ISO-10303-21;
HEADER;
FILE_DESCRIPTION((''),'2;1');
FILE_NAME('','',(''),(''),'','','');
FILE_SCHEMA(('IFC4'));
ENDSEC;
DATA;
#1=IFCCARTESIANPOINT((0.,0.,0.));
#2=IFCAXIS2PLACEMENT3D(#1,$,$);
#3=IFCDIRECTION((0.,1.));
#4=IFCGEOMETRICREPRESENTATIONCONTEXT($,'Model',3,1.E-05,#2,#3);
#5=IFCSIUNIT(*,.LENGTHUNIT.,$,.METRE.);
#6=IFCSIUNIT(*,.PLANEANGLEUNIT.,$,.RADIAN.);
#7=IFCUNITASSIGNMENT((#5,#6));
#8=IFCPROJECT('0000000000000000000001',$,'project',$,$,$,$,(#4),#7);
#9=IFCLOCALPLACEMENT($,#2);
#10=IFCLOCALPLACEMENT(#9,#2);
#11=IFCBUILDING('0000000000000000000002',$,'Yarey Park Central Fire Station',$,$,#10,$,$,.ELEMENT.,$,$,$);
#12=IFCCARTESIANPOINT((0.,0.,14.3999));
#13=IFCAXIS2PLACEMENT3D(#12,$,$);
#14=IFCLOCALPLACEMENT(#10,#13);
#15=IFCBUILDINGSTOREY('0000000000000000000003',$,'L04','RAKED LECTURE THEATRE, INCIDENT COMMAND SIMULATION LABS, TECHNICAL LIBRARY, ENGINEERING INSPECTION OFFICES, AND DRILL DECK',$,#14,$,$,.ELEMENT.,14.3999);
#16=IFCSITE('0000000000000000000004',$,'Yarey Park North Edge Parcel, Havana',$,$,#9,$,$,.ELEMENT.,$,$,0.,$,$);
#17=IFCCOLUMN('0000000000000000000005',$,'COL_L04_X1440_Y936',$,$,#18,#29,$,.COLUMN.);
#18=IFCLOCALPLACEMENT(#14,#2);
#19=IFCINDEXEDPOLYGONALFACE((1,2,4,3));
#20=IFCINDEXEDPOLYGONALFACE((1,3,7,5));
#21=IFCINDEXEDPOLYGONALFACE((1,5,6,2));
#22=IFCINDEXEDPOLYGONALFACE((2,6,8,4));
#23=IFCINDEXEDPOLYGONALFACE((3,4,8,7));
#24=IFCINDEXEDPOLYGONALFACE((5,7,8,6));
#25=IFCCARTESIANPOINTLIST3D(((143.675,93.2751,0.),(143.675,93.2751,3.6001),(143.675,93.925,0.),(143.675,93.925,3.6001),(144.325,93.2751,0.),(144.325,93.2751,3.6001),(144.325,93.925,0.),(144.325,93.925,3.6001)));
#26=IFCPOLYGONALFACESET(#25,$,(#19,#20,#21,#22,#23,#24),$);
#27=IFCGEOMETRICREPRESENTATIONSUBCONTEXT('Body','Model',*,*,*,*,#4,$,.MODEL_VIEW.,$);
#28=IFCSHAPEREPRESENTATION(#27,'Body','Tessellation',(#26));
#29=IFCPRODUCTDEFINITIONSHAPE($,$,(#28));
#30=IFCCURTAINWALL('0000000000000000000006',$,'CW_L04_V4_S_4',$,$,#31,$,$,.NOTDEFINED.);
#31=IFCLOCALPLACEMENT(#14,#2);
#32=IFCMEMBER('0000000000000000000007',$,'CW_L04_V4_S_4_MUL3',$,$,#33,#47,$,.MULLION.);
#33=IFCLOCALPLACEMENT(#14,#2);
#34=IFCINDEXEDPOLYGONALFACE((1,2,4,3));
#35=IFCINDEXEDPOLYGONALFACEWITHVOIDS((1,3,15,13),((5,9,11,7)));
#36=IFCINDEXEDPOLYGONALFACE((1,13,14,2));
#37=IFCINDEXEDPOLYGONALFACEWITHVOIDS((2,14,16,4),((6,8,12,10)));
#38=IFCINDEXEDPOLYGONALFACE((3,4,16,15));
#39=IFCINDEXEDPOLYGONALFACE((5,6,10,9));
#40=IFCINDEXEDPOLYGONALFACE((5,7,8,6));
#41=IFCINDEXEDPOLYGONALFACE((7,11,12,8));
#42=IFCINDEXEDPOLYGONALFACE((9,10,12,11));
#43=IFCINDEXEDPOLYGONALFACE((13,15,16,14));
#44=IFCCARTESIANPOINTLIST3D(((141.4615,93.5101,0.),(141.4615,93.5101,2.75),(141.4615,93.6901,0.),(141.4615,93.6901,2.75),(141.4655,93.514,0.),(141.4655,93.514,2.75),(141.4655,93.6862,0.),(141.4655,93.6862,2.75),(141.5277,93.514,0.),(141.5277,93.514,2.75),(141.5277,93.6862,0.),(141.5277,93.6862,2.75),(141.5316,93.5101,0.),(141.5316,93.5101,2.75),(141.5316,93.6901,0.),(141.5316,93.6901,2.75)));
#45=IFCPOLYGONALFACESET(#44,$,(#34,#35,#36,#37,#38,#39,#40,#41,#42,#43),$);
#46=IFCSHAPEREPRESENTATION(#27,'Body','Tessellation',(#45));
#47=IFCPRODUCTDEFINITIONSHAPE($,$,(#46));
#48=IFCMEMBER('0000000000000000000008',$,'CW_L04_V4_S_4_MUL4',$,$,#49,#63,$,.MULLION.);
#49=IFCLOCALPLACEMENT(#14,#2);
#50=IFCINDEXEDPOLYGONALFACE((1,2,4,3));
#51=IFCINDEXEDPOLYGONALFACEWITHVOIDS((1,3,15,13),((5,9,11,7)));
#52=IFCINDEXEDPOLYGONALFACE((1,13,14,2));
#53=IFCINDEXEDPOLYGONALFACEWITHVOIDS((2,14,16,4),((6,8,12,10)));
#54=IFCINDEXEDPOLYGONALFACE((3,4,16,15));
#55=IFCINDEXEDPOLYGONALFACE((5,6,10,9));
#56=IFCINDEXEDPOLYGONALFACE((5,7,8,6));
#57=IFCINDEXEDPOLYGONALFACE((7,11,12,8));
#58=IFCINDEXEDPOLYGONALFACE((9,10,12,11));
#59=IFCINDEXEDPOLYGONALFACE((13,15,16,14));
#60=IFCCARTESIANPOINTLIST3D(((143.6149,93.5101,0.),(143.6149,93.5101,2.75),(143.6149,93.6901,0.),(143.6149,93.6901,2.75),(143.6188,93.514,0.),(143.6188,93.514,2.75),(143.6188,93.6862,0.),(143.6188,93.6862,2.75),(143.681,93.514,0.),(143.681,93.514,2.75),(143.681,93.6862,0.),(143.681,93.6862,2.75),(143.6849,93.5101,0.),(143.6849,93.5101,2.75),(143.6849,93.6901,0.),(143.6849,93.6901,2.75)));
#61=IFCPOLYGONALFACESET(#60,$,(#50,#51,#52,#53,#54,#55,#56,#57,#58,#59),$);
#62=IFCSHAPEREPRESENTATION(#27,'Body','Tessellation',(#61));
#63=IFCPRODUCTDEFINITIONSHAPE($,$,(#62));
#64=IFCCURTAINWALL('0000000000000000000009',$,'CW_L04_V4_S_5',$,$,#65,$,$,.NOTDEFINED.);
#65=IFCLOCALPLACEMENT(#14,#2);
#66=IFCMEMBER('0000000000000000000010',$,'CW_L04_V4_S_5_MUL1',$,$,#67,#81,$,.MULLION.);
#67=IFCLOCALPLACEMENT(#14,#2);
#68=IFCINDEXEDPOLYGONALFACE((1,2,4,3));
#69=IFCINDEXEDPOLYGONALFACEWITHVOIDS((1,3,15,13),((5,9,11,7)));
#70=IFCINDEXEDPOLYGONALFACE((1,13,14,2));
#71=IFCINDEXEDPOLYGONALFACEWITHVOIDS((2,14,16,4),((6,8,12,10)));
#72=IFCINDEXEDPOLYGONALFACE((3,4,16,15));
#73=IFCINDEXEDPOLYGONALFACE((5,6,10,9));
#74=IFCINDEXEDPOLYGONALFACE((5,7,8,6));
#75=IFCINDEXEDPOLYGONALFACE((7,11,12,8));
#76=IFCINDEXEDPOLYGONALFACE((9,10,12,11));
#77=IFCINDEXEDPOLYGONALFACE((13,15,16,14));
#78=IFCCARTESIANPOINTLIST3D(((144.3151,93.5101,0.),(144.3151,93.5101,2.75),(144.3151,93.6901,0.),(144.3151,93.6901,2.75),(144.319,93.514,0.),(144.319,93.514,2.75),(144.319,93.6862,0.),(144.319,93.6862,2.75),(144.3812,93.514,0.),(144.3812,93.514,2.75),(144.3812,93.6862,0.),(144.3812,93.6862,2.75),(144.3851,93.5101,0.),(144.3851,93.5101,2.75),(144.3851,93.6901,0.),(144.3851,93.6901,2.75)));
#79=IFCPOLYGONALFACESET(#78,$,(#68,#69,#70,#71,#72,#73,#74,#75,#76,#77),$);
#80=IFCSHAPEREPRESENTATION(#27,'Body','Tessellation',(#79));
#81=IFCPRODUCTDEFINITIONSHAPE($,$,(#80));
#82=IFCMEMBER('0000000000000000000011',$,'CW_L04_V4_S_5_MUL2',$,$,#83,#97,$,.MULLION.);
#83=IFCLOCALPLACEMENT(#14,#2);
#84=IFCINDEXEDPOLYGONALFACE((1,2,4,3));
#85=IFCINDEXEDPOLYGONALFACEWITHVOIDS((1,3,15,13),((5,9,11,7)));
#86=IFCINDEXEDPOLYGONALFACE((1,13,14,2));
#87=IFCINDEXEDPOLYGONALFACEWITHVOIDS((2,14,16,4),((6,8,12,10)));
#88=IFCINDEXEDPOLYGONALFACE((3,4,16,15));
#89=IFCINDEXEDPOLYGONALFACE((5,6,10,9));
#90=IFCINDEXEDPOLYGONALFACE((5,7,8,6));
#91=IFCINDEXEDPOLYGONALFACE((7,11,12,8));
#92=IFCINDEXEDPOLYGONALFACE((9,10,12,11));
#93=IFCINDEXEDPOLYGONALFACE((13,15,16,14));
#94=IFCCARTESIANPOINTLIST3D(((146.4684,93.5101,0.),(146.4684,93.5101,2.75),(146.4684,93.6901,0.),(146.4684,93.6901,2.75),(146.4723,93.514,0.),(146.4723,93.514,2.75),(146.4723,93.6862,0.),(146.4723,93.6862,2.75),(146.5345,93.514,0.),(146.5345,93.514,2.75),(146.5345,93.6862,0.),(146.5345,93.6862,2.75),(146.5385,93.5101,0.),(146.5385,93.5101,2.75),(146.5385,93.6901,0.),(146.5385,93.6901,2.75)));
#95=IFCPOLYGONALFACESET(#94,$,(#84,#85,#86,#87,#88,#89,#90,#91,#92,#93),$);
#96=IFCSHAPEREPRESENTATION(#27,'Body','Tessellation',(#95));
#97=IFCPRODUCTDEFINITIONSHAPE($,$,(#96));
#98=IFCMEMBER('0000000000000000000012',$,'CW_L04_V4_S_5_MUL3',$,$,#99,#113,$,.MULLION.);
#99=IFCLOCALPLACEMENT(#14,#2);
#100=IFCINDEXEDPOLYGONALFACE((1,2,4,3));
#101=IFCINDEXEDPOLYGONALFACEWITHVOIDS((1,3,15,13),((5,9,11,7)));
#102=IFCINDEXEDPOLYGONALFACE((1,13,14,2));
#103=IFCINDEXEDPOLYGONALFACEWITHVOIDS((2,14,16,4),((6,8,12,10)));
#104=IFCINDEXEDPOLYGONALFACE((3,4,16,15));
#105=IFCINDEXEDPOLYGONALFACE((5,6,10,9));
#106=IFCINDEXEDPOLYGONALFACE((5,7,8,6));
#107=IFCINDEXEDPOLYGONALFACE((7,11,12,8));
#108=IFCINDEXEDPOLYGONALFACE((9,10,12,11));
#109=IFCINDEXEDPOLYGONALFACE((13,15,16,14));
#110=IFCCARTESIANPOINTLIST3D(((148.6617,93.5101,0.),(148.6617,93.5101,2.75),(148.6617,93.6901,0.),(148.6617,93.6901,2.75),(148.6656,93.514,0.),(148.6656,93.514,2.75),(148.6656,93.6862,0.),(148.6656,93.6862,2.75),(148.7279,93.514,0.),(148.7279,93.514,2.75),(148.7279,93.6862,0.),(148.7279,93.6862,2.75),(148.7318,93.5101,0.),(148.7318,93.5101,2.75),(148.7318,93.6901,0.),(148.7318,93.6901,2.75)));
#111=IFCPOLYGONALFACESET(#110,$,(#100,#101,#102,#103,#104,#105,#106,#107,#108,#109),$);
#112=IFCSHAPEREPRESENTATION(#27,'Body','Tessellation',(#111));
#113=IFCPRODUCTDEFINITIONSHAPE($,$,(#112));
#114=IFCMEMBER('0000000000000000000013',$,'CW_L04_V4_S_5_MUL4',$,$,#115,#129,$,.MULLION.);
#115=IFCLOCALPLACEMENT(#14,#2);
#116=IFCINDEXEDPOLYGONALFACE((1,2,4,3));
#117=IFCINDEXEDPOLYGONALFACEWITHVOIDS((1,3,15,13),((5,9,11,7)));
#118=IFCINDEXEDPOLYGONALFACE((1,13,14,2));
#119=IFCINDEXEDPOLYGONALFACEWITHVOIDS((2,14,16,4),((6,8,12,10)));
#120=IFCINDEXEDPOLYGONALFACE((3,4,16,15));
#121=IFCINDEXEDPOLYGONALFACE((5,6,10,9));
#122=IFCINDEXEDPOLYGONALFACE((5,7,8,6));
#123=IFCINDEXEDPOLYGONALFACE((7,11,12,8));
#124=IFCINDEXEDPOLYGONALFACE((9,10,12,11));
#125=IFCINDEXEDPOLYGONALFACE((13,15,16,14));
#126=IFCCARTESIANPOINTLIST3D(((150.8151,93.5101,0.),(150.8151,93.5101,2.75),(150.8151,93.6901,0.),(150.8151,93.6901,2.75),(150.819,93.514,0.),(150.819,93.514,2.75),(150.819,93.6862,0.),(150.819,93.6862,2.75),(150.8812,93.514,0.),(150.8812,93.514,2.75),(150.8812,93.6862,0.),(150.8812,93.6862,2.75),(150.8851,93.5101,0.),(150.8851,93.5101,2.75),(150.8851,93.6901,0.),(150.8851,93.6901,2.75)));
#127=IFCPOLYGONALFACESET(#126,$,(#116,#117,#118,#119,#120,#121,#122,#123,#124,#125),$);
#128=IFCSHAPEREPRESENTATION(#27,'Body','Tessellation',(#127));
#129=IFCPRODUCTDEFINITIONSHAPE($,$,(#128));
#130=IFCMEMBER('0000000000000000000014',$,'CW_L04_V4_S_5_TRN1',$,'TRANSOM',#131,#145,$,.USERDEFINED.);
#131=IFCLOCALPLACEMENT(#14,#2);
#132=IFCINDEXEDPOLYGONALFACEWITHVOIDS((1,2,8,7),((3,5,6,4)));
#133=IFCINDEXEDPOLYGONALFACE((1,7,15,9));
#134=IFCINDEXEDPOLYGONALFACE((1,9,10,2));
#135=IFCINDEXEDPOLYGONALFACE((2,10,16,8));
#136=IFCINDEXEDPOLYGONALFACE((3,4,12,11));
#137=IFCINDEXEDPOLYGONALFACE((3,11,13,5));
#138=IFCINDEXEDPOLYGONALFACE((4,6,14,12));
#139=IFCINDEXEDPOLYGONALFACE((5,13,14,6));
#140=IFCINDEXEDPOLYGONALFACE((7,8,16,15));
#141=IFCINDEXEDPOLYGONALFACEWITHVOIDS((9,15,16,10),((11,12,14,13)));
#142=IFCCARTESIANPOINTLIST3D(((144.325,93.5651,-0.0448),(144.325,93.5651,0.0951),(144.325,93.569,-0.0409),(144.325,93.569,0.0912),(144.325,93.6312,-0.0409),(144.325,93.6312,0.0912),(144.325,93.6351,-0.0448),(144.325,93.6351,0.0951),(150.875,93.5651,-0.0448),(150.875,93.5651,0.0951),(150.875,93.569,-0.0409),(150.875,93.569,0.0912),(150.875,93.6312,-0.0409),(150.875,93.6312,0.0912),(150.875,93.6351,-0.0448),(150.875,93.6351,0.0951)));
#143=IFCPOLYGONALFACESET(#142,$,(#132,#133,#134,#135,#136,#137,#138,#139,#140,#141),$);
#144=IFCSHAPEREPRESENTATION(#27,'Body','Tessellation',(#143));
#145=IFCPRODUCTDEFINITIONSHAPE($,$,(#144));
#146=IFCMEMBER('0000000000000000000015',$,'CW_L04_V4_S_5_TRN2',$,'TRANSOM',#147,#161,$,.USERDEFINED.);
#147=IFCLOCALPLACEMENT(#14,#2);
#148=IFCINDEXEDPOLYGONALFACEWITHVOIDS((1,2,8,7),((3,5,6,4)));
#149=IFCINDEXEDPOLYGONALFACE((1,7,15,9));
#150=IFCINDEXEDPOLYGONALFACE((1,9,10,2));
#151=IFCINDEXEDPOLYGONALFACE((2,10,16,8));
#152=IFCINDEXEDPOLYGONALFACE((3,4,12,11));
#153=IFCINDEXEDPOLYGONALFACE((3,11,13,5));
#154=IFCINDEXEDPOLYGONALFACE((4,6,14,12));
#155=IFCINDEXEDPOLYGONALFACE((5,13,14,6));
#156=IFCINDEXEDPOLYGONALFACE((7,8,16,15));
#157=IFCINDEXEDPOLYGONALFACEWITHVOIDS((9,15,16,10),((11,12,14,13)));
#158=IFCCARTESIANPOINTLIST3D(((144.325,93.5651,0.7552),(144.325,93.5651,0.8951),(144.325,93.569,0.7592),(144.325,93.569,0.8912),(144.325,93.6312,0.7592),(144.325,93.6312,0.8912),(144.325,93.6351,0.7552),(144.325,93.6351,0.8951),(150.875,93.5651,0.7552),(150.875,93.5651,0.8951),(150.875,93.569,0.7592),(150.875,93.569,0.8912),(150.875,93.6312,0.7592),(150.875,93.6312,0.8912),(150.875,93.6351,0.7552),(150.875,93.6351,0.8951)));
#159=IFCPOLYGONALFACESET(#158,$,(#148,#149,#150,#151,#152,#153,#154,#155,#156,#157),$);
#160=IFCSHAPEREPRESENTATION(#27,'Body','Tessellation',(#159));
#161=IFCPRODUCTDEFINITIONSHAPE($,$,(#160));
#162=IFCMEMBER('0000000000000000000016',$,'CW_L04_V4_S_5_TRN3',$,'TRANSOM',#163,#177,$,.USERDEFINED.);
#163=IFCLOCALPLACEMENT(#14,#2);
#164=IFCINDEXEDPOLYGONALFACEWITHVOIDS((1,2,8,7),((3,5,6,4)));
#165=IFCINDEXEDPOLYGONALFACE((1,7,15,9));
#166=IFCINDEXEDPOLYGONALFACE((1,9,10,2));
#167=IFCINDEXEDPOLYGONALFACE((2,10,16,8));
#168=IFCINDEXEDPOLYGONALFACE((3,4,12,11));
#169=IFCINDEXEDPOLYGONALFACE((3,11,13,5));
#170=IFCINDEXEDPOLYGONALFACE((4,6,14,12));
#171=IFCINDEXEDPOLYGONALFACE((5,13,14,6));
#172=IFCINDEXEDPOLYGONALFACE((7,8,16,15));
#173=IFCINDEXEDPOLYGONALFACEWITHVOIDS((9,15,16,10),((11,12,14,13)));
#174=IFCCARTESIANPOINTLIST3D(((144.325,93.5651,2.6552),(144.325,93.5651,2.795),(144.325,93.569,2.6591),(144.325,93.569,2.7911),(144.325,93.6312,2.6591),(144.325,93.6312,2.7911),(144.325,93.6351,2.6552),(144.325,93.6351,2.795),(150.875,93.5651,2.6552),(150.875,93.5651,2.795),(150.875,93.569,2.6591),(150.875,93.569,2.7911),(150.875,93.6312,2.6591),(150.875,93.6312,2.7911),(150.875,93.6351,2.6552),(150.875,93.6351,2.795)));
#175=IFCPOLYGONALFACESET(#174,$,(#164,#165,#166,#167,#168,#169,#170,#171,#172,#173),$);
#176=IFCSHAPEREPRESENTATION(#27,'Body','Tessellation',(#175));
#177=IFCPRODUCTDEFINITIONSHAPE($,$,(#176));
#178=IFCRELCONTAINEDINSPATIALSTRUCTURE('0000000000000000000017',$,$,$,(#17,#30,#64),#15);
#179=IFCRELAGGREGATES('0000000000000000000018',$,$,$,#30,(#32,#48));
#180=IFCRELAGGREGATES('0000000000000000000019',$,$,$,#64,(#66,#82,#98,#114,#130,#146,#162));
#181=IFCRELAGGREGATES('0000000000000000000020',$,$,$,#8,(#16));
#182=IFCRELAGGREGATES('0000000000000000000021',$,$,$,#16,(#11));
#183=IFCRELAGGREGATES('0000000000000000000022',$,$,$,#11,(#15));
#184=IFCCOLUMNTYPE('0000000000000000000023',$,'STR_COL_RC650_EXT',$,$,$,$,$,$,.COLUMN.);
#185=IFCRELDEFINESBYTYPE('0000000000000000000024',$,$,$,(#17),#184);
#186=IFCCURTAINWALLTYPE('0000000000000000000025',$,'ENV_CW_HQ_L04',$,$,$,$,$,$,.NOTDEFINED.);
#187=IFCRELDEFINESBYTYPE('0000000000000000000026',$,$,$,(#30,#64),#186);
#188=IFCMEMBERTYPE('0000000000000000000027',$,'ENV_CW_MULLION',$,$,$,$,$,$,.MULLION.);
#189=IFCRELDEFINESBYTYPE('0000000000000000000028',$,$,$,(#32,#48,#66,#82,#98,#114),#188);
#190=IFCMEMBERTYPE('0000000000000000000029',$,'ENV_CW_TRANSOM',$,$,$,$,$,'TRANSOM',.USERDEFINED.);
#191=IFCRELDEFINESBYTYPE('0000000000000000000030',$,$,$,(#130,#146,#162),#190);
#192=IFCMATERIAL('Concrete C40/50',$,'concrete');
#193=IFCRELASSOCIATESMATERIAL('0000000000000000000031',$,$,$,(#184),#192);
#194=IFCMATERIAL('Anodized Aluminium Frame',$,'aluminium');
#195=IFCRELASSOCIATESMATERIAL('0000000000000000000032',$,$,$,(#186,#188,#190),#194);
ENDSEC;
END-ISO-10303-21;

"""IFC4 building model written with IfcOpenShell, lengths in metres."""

from ifc_helpers import new_model, si_unit, direction, frame, origin, origin_2d, place, context, subcontext, project, spatial, rectangle, hollow_rectangle, extrude, material, material_profile, profile_set, type_object, element, aggregate, save


model = new_model("IFC4")

# Units and contexts
model_context = context("Model", 3, precision=1e-05, world=origin(), true_north=direction((0.0, 1.0)))
body_context = subcontext(model_context, "Body", "Model", "MODEL_VIEW")
ifc_project = project(units=[si_unit("LENGTHUNIT", "METRE"), si_unit("PLANEANGLEUNIT", "RADIAN")], contexts=[model_context])

# Site, building, storey
site_placement = place(None, origin())
site = spatial("IfcSite", under=ifc_project, at=site_placement, Name="Yarey Park North Edge Parcel, Havana", CompositionType="ELEMENT", RefElevation=0.0)
building_placement = place(site_placement, origin())
building = spatial("IfcBuilding", under=site, at=building_placement, Name="Yarey Park Central Fire Station", CompositionType="ELEMENT")
storey_placement = place(building_placement, frame((0.0, 0.0, 14.3999)))
storey = spatial("IfcBuildingStorey", under=building, at=storey_placement, Name="L04", Description="RAKED LECTURE THEATRE, INCIDENT COMMAND SIMULATION LABS, TECHNICAL LIBRARY, ENGINEERING INSPECTION OFFICES, AND DRILL DECK", CompositionType="ELEMENT", Elevation=14.3999)

# Column
ifc_material_1 = material(Name="Concrete C40/50", Category="concrete")
ifc_material_profile_1 = material_profile(ifc_material_1, rectangle(XDim=0.6499, YDim=0.6499, at=origin_2d()), Name="RC 650x650")
ifc_profile_set_1 = profile_set([ifc_material_profile_1], Name="Concrete C40/50")
column_type = type_object("IfcColumnType", Name="STR_COL_RC650_EXT", PredefinedType="COLUMN", material=ifc_profile_set_1)
column_placement = place(storey_placement, frame((144.0, 93.6001, 0.0), z_axis=(0.0, 0.0, 1.0), x_axis=(1.0, 0.0, 0.0)))
element("IfcColumn", 1, at=column_placement, inside=storey, type_object=column_type, Name="COL_L04_X1440_Y936", PredefinedType="COLUMN", context=body_context, shape_type="SweptSolid", body=[
    extrude(rectangle(XDim=0.6499, YDim=0.6499, at=origin_2d()), origin(), (0.0, 0.0, 1.0), 3.6001),
])

# Curtain walls, members
ifc_material_2 = material(Name="Anodized Aluminium Frame", Category="aluminium")
curtain_wall_type = type_object("IfcCurtainWallType", Name="ENV_CW_HQ_L04", PredefinedType="NOTDEFINED", material=ifc_material_2)
curtain_wall_1_placement = place(storey_placement, origin())
curtain_wall_1 = element("IfcCurtainWall", 2, at=curtain_wall_1_placement, inside=storey, type_object=curtain_wall_type, Name="CW_L04_V4_S_4", PredefinedType="NOTDEFINED")
ifc_material_profile_2 = material_profile(ifc_material_2, hollow_rectangle(XDim=0.0701, YDim=0.1799, WallThickness=0.0039, at=origin_2d()), Name="ALU 180x70x4")
ifc_profile_set_2 = profile_set([ifc_material_profile_2], Name="Anodized Aluminium Frame")
member_type_1 = type_object("IfcMemberType", Name="ENV_CW_MULLION", PredefinedType="MULLION", material=ifc_profile_set_2)
member_1_placement = place(storey_placement, frame((141.4966, 93.6001, 0.0), z_axis=(0.0, 0.0, 1.0), x_axis=(1.0, 0.0, 0.0)))
member_1 = element("IfcMember", 3, at=member_1_placement, type_object=member_type_1, Name="CW_L04_V4_S_4_MUL3", PredefinedType="MULLION", context=body_context, shape_type="SweptSolid", body=[
    extrude(hollow_rectangle(XDim=0.0701, YDim=0.1799, WallThickness=0.0039, at=origin_2d()), origin(), (0.0, 0.0, 1.0), 2.75),
])
member_2_placement = place(storey_placement, frame((143.6499, 93.6001, 0.0), z_axis=(0.0, 0.0, 1.0), x_axis=(1.0, 0.0, 0.0)))
member_2 = element("IfcMember", 4, at=member_2_placement, type_object=member_type_1, Name="CW_L04_V4_S_4_MUL4", PredefinedType="MULLION", context=body_context, shape_type="SweptSolid", body=[
    extrude(hollow_rectangle(XDim=0.0701, YDim=0.1799, WallThickness=0.0039, at=origin_2d()), origin(), (0.0, 0.0, 1.0), 2.75),
])
curtain_wall_2_placement = place(storey_placement, origin())
curtain_wall_2 = element("IfcCurtainWall", 5, at=curtain_wall_2_placement, inside=storey, type_object=curtain_wall_type, Name="CW_L04_V4_S_5", PredefinedType="NOTDEFINED")
member_3_placement = place(storey_placement, frame((144.3501, 93.6001, 0.0), z_axis=(0.0, 0.0, 1.0), x_axis=(1.0, 0.0, 0.0)))
member_3 = element("IfcMember", 6, at=member_3_placement, type_object=member_type_1, Name="CW_L04_V4_S_5_MUL1", PredefinedType="MULLION", context=body_context, shape_type="SweptSolid", body=[
    extrude(hollow_rectangle(XDim=0.0701, YDim=0.1799, WallThickness=0.0039, at=origin_2d()), origin(), (0.0, 0.0, 1.0), 2.75),
])
member_4_placement = place(storey_placement, frame((146.5034, 93.6001, 0.0), z_axis=(0.0, 0.0, 1.0), x_axis=(1.0, 0.0, 0.0)))
member_4 = element("IfcMember", 7, at=member_4_placement, type_object=member_type_1, Name="CW_L04_V4_S_5_MUL2", PredefinedType="MULLION", context=body_context, shape_type="SweptSolid", body=[
    extrude(hollow_rectangle(XDim=0.0701, YDim=0.1799, WallThickness=0.0039, at=origin_2d()), origin(), (0.0, 0.0, 1.0), 2.75),
])
member_5_placement = place(storey_placement, frame((148.6968, 93.6001, 0.0), z_axis=(0.0, 0.0, 1.0), x_axis=(1.0, 0.0, 0.0)))
member_5 = element("IfcMember", 8, at=member_5_placement, type_object=member_type_1, Name="CW_L04_V4_S_5_MUL3", PredefinedType="MULLION", context=body_context, shape_type="SweptSolid", body=[
    extrude(hollow_rectangle(XDim=0.0701, YDim=0.1799, WallThickness=0.0039, at=origin_2d()), origin(), (0.0, 0.0, 1.0), 2.75),
])
member_6_placement = place(storey_placement, frame((150.8501, 93.6001, 0.0), z_axis=(0.0, 0.0, 1.0), x_axis=(1.0, 0.0, 0.0)))
member_6 = element("IfcMember", 9, at=member_6_placement, type_object=member_type_1, Name="CW_L04_V4_S_5_MUL4", PredefinedType="MULLION", context=body_context, shape_type="SweptSolid", body=[
    extrude(hollow_rectangle(XDim=0.0701, YDim=0.1799, WallThickness=0.0039, at=origin_2d()), origin(), (0.0, 0.0, 1.0), 2.75),
])
ifc_material_profile_3 = material_profile(ifc_material_2, hollow_rectangle(XDim=0.0701, YDim=0.1399, WallThickness=0.0039, at=origin_2d()), Name="ALU 140x70x4")
ifc_profile_set_3 = profile_set([ifc_material_profile_3], Name="Anodized Aluminium Frame")
member_type_2 = type_object("IfcMemberType", Name="ENV_CW_TRANSOM", ElementType="TRANSOM", PredefinedType="USERDEFINED", material=ifc_profile_set_3)
member_7_placement = place(storey_placement, frame((144.325, 93.6001, 0.0251), z_axis=(1.0, 0.0, 0.0), x_axis=(0.0, 1.0, 0.0)))
member_7 = element("IfcMember", 10, at=member_7_placement, type_object=member_type_2, Name="CW_L04_V4_S_5_TRN1", ObjectType="TRANSOM", PredefinedType="USERDEFINED", context=body_context, shape_type="SweptSolid", body=[
    extrude(hollow_rectangle(XDim=0.0701, YDim=0.1399, WallThickness=0.0039, at=origin_2d()), origin(), (0.0, 0.0, 1.0), 6.55),
])
member_8_placement = place(storey_placement, frame((144.325, 93.6001, 0.8252), z_axis=(1.0, 0.0, 0.0), x_axis=(0.0, 1.0, 0.0)))
member_8 = element("IfcMember", 11, at=member_8_placement, type_object=member_type_2, Name="CW_L04_V4_S_5_TRN2", ObjectType="TRANSOM", PredefinedType="USERDEFINED", context=body_context, shape_type="SweptSolid", body=[
    extrude(hollow_rectangle(XDim=0.0701, YDim=0.1399, WallThickness=0.0039, at=origin_2d()), origin(), (0.0, 0.0, 1.0), 6.55),
])
member_9_placement = place(storey_placement, frame((144.325, 93.6001, 2.7251), z_axis=(1.0, 0.0, 0.0), x_axis=(0.0, 1.0, 0.0)))
member_9 = element("IfcMember", 12, at=member_9_placement, type_object=member_type_2, Name="CW_L04_V4_S_5_TRN3", ObjectType="TRANSOM", PredefinedType="USERDEFINED", context=body_context, shape_type="SweptSolid", body=[
    extrude(hollow_rectangle(XDim=0.0701, YDim=0.1399, WallThickness=0.0039, at=origin_2d()), origin(), (0.0, 0.0, 1.0), 6.55),
])

aggregate(curtain_wall_1, [member_1, member_2])
aggregate(curtain_wall_2, [member_3, member_4, member_5, member_6, member_7, member_8, member_9])

save(model, "model.ifc")
